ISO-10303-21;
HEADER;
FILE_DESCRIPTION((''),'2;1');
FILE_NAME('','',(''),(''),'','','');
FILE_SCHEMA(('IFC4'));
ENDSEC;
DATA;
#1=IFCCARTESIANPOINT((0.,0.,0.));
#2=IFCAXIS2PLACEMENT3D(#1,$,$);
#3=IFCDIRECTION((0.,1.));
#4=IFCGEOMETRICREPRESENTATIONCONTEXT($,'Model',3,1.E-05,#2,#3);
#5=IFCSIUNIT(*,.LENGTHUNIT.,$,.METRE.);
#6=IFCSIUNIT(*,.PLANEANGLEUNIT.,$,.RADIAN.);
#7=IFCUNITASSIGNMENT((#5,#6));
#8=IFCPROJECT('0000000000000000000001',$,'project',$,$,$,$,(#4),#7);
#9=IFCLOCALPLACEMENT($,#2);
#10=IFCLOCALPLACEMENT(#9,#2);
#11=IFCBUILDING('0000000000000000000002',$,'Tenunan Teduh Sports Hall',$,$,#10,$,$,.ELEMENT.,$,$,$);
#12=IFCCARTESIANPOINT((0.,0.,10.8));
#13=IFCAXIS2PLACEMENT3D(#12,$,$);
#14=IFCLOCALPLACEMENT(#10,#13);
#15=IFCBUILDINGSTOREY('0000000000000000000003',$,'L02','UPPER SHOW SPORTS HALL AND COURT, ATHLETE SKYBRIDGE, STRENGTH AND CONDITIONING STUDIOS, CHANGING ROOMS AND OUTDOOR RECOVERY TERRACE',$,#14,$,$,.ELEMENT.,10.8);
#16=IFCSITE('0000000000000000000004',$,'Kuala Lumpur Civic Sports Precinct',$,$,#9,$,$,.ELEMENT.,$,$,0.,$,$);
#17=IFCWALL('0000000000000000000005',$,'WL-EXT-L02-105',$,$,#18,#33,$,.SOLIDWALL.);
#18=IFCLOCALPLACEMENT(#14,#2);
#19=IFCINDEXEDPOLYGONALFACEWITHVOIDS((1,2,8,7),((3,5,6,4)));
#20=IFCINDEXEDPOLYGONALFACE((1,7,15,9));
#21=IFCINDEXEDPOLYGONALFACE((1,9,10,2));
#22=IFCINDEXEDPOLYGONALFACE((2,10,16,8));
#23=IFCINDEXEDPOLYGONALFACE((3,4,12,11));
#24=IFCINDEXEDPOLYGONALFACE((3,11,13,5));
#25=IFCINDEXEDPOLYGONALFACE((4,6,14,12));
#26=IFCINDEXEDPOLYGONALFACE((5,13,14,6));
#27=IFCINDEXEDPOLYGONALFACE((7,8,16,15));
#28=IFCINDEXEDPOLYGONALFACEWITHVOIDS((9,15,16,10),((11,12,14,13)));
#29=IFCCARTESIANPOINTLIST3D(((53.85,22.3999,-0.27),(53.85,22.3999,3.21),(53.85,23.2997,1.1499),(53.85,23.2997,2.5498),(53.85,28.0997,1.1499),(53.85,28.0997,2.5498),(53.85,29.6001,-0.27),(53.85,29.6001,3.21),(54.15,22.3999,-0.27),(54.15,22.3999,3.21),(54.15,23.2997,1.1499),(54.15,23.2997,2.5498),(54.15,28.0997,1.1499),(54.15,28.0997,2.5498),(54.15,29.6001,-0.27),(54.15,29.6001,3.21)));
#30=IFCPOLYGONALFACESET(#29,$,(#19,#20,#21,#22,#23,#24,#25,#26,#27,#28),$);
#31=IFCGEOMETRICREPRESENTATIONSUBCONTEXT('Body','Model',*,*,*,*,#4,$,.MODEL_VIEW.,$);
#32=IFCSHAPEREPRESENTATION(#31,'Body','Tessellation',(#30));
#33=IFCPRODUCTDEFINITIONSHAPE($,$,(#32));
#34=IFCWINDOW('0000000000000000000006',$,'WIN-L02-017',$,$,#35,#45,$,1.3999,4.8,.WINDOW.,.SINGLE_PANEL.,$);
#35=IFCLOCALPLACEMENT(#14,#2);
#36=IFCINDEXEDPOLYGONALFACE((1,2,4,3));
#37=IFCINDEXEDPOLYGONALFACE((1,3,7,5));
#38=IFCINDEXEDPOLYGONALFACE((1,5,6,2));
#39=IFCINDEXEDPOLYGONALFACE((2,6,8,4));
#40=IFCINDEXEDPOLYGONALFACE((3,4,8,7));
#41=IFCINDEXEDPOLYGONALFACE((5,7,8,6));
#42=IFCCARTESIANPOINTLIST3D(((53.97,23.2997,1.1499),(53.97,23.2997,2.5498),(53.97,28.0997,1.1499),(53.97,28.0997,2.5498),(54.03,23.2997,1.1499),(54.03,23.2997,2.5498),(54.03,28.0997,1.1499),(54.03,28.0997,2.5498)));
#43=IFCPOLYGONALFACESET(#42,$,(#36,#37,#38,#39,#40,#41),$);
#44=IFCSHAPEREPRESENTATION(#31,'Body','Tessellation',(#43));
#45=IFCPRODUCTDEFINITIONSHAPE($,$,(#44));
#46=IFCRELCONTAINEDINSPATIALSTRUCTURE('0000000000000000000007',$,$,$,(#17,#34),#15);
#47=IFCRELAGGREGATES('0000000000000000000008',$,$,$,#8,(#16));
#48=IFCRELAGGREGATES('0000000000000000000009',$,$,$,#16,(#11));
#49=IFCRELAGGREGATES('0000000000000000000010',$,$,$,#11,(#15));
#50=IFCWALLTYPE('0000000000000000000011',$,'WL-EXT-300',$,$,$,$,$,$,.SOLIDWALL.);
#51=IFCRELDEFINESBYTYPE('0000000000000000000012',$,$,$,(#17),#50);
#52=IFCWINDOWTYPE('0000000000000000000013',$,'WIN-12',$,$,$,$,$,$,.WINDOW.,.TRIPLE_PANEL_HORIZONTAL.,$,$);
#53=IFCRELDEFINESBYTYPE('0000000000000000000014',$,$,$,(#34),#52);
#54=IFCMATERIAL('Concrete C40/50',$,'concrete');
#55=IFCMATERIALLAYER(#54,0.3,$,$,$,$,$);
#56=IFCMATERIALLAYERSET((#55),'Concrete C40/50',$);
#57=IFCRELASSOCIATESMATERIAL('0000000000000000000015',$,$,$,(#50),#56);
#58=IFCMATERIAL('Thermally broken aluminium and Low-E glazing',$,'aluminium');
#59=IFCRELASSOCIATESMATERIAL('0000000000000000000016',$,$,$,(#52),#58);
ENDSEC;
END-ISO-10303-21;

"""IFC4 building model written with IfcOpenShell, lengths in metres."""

from ifc_helpers import new_model, si_unit, direction, frame, frame_2d, origin, place, context, subcontext, project, spatial, rectangle, extrude, material, layer, layer_set, type_object, element, fill, save


model = new_model("IFC4")

# Units and contexts
model_context = context("Model", 3, precision=1e-05, world=origin(), true_north=direction((0.0, 1.0)))
body_context = subcontext(model_context, "Body", "Model", "MODEL_VIEW")
ifc_project = project(units=[si_unit("LENGTHUNIT", "METRE"), si_unit("PLANEANGLEUNIT", "RADIAN")], contexts=[model_context])

# Site, building, storey
site_placement = place(None, origin())
site = spatial("IfcSite", under=ifc_project, at=site_placement, Name="Kuala Lumpur Civic Sports Precinct", CompositionType="ELEMENT", RefElevation=0.0)
building_placement = place(site_placement, origin())
building = spatial("IfcBuilding", under=site, at=building_placement, Name="Tenunan Teduh Sports Hall", CompositionType="ELEMENT")
storey_placement = place(building_placement, frame((0.0, 0.0, 10.8)))
storey = spatial("IfcBuildingStorey", under=building, at=storey_placement, Name="L02", Description="UPPER SHOW SPORTS HALL AND COURT, ATHLETE SKYBRIDGE, STRENGTH AND CONDITIONING STUDIOS, CHANGING ROOMS AND OUTDOOR RECOVERY TERRACE", CompositionType="ELEMENT", Elevation=10.8)

# Wall, opening, window
ifc_material_1 = material(Name="Concrete C40/50", Category="concrete")
ifc_layer_1 = layer(ifc_material_1, 0.3)
ifc_layer_set_1 = layer_set([ifc_layer_1], Name="Concrete C40/50")
wall_type = type_object("IfcWallType", Name="WL-EXT-300", PredefinedType="SOLIDWALL", material=ifc_layer_set_1)
wall_placement = place(storey_placement, frame((54.0, 22.3999, -0.27), z_axis=(0.0, 0.0, 1.0), x_axis=(0.0, 1.0, 0.0)))
wall = element("IfcWall", 1, at=wall_placement, inside=storey, type_object=wall_type, Name="WL-EXT-L02-105", PredefinedType="SOLIDWALL", context=body_context, shape_type="SweptSolid", body=[
    extrude(rectangle(XDim=7.2002, YDim=0.3, at=frame_2d((3.6001, 0.0))), origin(), (0.0, 0.0, 1.0), 3.48),
])
opening_placement = place(wall_placement, frame((0.8999, 0.0, 1.4199)))
opening = element("IfcOpeningElement", 2, at=opening_placement, cuts=wall, PredefinedType="OPENING", context=body_context, shape_type="SweptSolid", body=[
    extrude(rectangle(XDim=4.8, YDim=1.3999, at=frame_2d((2.3999, 0.7))), frame((0.0, 0.1599, 0.0), z_axis=(0.0, -1.0, 0.0), x_axis=(1.0, 0.0, 0.0)), (0.0, 0.0, 1.0), 0.3201),
])
ifc_material_2 = material(Name="Thermally broken aluminium and Low-E glazing", Category="aluminium")
window_type = type_object("IfcWindowType", Name="WIN-12", PartitioningType="TRIPLE_PANEL_HORIZONTAL", PredefinedType="WINDOW", material=ifc_material_2)
window_placement = place(opening_placement, origin())
window = element("IfcWindow", 3, at=window_placement, inside=storey, type_object=window_type, Name="WIN-L02-017", OverallHeight=1.3999, OverallWidth=4.8, PartitioningType="SINGLE_PANEL", PredefinedType="WINDOW", context=body_context, shape_type="SweptSolid", body=[
    extrude(rectangle(XDim=4.8, YDim=1.3999, at=frame_2d((2.3999, 0.7))), frame((0.0, 0.03, 0.0), z_axis=(0.0, -1.0, 0.0), x_axis=(1.0, 0.0, 0.0)), (0.0, 0.0, 1.0), 0.0601),
])
fill(opening, window)

save(model, "model.ifc")
